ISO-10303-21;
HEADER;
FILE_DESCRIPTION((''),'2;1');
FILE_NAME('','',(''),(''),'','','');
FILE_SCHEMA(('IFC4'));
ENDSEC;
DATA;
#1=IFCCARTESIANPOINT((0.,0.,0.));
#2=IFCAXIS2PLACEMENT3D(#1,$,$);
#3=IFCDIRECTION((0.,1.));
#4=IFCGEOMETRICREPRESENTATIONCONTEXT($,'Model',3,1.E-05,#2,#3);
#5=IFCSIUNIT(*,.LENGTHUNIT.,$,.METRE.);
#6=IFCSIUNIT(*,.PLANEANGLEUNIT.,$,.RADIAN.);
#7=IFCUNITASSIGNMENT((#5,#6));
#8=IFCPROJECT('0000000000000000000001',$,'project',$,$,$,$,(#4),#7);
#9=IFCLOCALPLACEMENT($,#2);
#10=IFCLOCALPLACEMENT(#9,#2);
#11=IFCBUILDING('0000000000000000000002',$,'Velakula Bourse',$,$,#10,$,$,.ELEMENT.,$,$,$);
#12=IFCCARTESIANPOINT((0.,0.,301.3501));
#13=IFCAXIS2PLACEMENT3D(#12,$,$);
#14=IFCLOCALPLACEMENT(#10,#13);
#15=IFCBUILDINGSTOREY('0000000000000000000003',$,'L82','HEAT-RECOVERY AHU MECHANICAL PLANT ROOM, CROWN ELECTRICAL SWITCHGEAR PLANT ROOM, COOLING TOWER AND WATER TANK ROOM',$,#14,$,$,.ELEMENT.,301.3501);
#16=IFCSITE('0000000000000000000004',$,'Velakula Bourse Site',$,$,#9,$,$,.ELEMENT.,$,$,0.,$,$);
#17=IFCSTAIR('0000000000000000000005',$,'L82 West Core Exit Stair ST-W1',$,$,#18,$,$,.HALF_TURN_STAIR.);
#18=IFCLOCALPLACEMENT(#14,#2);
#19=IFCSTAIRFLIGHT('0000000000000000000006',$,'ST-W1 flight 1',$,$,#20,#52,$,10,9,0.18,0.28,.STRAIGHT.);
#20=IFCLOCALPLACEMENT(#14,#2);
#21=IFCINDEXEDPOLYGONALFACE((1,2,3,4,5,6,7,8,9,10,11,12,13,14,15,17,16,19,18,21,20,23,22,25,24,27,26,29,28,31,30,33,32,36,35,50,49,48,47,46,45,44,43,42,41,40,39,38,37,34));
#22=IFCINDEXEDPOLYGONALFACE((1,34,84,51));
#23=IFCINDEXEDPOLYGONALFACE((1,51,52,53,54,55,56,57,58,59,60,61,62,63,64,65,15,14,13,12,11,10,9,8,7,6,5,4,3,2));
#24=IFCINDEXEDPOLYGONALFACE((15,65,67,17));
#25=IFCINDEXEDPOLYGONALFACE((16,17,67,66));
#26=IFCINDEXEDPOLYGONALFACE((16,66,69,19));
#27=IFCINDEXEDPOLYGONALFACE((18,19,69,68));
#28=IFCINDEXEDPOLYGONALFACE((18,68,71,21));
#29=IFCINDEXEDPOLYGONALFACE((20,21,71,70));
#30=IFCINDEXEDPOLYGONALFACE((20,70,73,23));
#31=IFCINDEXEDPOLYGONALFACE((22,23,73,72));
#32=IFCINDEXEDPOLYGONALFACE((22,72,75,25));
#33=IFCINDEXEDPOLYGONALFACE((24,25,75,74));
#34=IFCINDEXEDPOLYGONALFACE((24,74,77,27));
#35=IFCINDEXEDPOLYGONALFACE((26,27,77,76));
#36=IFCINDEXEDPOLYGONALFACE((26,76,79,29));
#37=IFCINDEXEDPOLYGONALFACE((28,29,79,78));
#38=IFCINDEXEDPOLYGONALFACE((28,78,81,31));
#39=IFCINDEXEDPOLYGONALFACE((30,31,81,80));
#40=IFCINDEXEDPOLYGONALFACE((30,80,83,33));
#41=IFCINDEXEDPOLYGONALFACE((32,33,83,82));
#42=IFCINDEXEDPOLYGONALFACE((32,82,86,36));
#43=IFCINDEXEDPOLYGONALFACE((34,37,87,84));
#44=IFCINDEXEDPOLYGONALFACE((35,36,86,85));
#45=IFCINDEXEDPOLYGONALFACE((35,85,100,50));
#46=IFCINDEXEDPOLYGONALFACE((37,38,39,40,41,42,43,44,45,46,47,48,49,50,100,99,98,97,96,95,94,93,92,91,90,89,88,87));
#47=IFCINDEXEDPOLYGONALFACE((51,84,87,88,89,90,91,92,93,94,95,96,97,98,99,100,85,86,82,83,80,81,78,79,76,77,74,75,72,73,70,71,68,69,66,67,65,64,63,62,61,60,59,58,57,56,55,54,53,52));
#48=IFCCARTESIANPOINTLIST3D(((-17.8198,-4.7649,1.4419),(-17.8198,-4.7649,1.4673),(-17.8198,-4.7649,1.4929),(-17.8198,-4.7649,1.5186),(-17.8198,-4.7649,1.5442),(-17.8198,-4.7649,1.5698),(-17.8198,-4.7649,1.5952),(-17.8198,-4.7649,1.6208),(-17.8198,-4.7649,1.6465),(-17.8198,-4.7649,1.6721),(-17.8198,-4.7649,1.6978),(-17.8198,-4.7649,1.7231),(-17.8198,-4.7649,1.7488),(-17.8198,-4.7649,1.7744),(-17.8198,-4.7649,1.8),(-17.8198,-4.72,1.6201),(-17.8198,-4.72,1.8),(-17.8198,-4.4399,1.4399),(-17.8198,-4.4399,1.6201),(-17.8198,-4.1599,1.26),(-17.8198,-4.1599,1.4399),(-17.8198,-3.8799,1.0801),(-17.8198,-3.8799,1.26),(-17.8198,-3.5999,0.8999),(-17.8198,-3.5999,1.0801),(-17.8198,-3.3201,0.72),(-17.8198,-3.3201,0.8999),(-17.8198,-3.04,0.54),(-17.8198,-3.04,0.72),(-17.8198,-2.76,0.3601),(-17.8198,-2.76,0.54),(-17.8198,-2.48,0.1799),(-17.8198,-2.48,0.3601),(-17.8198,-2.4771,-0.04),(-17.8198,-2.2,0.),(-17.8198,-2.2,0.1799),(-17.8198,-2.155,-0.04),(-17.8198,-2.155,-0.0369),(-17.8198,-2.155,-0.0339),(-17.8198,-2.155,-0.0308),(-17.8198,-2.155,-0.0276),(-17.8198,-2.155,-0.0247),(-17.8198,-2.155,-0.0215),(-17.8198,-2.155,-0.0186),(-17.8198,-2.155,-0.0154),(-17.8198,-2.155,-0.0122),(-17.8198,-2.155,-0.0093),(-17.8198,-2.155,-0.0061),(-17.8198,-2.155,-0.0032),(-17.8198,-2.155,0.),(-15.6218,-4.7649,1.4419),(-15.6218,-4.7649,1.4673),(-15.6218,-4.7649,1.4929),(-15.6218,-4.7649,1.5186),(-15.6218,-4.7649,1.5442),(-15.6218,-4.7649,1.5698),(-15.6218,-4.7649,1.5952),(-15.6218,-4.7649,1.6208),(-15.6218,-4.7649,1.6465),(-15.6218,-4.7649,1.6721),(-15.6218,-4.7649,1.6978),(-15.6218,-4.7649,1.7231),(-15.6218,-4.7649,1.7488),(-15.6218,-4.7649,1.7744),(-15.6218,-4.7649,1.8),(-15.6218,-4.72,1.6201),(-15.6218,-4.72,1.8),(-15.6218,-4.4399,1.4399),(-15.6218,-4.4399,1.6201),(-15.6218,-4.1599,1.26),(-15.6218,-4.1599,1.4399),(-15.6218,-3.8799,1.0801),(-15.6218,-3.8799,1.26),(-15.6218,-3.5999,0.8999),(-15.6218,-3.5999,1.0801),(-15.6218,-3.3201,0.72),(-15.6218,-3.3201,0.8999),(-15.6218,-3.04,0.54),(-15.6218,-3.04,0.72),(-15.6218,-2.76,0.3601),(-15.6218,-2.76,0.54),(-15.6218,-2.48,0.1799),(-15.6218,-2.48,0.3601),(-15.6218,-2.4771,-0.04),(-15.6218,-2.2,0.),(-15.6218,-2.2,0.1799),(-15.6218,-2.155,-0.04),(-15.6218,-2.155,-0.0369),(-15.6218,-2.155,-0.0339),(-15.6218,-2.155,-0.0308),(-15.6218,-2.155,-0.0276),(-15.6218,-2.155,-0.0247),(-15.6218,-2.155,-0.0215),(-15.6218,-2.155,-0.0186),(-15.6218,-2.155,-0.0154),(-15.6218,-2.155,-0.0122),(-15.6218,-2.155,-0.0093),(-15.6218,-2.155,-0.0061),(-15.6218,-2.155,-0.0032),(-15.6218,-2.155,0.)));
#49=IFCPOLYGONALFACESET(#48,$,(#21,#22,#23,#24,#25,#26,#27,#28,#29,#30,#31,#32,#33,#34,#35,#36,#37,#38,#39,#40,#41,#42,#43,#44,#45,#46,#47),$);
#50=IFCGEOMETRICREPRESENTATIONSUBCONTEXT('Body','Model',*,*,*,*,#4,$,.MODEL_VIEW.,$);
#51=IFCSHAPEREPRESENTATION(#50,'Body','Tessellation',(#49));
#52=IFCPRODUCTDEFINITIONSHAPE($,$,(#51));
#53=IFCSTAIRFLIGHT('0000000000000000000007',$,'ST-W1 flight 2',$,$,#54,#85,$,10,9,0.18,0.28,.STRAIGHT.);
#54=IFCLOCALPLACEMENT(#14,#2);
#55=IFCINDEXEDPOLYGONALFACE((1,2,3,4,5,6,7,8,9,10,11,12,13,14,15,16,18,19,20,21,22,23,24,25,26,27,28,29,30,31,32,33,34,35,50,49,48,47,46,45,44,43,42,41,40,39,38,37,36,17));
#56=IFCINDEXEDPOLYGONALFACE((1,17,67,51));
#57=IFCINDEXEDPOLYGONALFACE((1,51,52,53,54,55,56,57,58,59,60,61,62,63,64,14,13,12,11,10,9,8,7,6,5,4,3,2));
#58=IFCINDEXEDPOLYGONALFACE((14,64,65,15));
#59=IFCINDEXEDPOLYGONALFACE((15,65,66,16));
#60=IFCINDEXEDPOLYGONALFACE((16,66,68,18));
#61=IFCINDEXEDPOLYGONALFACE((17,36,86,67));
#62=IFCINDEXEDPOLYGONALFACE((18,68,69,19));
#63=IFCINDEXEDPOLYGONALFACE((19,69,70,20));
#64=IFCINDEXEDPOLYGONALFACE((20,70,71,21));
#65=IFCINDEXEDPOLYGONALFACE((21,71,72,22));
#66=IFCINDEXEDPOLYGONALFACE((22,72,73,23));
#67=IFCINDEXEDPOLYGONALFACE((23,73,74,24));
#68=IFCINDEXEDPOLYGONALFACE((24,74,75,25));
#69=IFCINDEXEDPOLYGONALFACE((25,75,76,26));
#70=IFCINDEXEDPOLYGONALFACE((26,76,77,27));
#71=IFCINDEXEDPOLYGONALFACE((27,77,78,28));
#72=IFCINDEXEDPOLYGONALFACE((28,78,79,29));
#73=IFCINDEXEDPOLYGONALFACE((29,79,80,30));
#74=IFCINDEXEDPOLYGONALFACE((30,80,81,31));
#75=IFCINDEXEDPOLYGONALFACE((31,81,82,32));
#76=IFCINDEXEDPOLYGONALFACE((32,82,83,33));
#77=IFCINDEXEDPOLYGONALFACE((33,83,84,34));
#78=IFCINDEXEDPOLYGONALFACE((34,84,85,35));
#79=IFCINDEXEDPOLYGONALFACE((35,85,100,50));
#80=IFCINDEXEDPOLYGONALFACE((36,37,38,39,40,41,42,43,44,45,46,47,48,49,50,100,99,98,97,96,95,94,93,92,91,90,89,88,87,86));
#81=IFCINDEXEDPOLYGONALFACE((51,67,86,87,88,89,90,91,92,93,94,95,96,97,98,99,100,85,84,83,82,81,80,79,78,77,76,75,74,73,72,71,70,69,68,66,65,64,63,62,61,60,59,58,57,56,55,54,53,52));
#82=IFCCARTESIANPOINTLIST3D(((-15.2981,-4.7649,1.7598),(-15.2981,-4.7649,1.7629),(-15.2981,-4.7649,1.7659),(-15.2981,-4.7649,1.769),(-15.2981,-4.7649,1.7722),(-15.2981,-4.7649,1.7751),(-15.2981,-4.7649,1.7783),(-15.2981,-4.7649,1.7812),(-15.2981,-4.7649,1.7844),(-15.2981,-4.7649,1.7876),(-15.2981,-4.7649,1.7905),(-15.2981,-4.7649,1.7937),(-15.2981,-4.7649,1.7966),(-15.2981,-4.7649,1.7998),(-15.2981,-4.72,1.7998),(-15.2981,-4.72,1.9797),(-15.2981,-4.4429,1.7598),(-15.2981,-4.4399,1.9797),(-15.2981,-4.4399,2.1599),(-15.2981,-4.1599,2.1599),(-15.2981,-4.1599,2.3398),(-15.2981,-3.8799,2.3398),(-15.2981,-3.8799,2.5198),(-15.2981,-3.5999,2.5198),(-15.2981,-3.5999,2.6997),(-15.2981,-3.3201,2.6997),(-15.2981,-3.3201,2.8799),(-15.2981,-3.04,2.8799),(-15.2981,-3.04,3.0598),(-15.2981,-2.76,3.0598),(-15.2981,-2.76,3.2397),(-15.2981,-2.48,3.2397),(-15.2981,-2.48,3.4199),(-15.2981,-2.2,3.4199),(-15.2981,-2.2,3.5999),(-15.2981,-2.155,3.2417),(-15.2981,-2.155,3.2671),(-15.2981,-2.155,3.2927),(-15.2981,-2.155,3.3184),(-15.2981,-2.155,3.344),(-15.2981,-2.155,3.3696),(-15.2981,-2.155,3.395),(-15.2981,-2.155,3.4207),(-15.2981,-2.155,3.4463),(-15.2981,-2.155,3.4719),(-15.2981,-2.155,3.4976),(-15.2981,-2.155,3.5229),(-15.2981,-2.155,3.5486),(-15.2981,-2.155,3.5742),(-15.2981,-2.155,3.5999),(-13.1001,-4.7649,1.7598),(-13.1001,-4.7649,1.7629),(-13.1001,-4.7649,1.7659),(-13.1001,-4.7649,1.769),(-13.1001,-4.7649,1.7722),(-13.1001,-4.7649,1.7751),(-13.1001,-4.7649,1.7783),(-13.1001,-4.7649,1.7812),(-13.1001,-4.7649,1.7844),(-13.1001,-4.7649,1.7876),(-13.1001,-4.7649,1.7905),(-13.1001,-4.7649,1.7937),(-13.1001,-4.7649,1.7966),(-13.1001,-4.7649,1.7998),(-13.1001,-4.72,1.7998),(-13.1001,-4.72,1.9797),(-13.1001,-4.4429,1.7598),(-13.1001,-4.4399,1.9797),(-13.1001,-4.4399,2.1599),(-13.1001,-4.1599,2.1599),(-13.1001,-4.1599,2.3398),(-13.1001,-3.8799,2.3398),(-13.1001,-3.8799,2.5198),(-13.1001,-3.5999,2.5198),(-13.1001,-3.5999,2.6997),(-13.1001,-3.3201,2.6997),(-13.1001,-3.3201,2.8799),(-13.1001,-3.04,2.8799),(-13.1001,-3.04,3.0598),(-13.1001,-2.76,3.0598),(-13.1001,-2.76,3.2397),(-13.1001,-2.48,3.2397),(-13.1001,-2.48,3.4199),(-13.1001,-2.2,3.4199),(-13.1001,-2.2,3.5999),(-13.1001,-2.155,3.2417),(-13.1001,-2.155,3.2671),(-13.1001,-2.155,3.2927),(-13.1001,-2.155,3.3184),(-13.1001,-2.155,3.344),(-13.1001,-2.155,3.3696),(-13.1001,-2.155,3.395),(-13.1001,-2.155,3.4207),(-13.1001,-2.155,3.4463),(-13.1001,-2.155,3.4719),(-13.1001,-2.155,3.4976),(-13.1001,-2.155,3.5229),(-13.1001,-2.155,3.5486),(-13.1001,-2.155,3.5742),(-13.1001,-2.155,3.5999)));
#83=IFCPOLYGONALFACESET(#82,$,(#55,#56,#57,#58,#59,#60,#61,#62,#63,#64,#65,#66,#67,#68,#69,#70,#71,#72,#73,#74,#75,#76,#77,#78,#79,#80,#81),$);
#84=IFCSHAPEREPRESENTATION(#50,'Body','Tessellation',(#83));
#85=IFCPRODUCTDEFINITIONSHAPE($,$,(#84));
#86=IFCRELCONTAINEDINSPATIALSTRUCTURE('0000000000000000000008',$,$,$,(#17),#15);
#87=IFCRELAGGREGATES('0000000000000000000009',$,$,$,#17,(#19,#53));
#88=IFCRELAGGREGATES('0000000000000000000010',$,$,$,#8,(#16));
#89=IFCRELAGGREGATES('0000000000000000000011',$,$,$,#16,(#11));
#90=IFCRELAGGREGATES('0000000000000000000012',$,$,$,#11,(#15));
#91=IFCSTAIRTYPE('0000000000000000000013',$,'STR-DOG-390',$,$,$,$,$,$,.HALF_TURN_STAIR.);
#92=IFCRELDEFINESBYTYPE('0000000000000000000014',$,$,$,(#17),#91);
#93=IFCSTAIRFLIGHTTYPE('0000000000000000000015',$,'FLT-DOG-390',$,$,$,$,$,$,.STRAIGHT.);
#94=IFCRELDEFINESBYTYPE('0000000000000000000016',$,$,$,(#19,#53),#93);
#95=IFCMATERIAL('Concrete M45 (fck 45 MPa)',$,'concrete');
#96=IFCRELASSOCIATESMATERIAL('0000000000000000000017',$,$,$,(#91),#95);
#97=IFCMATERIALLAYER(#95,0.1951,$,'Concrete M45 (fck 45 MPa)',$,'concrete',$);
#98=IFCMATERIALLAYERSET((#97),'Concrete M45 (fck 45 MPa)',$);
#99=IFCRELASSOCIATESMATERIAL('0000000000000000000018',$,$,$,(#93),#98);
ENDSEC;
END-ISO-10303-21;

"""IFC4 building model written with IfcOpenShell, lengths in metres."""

from ifc_helpers import new_model, si_unit, direction, frame, origin, place, context, subcontext, project, spatial, polyline, outline, extrude, material, layer, layer_set, type_object, element, aggregate, save


model = new_model("IFC4")

# Units and contexts
model_context = context("Model", 3, precision=1e-05, world=origin(), true_north=direction((0.0, 1.0)))
body_context = subcontext(model_context, "Body", "Model", "MODEL_VIEW")
ifc_project = project(units=[si_unit("LENGTHUNIT", "METRE"), si_unit("PLANEANGLEUNIT", "RADIAN")], contexts=[model_context])

# Site, building, storey
site_placement = place(None, origin())
site = spatial("IfcSite", under=ifc_project, at=site_placement, Name="Velakula Bourse Site", CompositionType="ELEMENT", RefElevation=0.0)
building_placement = place(site_placement, origin())
building = spatial("IfcBuilding", under=site, at=building_placement, Name="Velakula Bourse", CompositionType="ELEMENT")
storey_placement = place(building_placement, frame((0.0, 0.0, 301.3501)))
storey = spatial("IfcBuildingStorey", under=building, at=storey_placement, Name="L82", Description="HEAT-RECOVERY AHU MECHANICAL PLANT ROOM, CROWN ELECTRICAL SWITCHGEAR PLANT ROOM, COOLING TOWER AND WATER TANK ROOM", CompositionType="ELEMENT", Elevation=301.3501)

# Stair, stair flights
ifc_material_1 = material(Name="Concrete M45 (fck 45 MPa)", Category="concrete")
stair_type = type_object("IfcStairType", Name="STR-DOG-390", PredefinedType="HALF_TURN_STAIR", material=ifc_material_1)
stair_placement = place(storey_placement, origin())
stair = element("IfcStair", 1, at=stair_placement, inside=storey, type_object=stair_type, Name="L82 West Core Exit Stair ST-W1", PredefinedType="HALF_TURN_STAIR")
ifc_layer_1 = layer(ifc_material_1, 0.1951, Name="Concrete M45 (fck 45 MPa)", Category="concrete")
ifc_layer_set_1 = layer_set([ifc_layer_1], Name="Concrete M45 (fck 45 MPa)")
stair_flight_type = type_object("IfcStairFlightType", Name="FLT-DOG-390", PredefinedType="STRAIGHT", material=ifc_layer_set_1)
stair_flight_1_placement = place(storey_placement, frame((-16.7209, -2.2, 0.0), z_axis=(0.0, 0.0, 1.0), x_axis=(0.0, -1.0, 0.0)))
stair_flight_1 = element("IfcStairFlight", 2, at=stair_flight_1_placement, type_object=stair_flight_type, Name="ST-W1 flight 1", NumberOfRisers=10, NumberOfTreads=9, PredefinedType="STRAIGHT", RiserHeight=0.18, TreadLength=0.28, context=body_context, shape_type="SweptSolid", body=[
    extrude(outline(polyline([(-0.0449, -0.04), (-0.0449, -0.0369), (-0.0449, -0.0339), (-0.0449, -0.0308), (-0.0449, -0.0276), (-0.0449, -0.0247), (-0.0449, -0.0215), (-0.0449, -0.0186), (-0.0449, -0.0154), (-0.0449, -0.0122), (-0.0449, -0.0093), (-0.0449, -0.0061), (-0.0449, -0.0032), (-0.0449, 0.0), (0.0, 0.0), (0.0, 0.1799), (0.28, 0.1799), (0.28, 0.3601), (0.5601, 0.3601), (0.5601, 0.54), (0.8401, 0.54), (0.8401, 0.72), (1.1201, 0.72), (1.1201, 0.8999), (1.3999, 0.8999), (1.3999, 1.0801), (1.6799, 1.0801), (1.6799, 1.26), (1.96, 1.26), (1.96, 1.4399), (2.24, 1.4399), (2.24, 1.6201), (2.52, 1.6201), (2.52, 1.8), (2.5649, 1.8), (2.5649, 1.7744), (2.5649, 1.7488), (2.5649, 1.7231), (2.5649, 1.6978), (2.5649, 1.6721), (2.5649, 1.6465), (2.5649, 1.6208), (2.5649, 1.5952), (2.5649, 1.5698), (2.5649, 1.5442), (2.5649, 1.5186), (2.5649, 1.4929), (2.5649, 1.4673), (2.5649, 1.4419), (0.2771, -0.04), (-0.0449, -0.04)])), frame((0.0, 1.0991, 0.0), z_axis=(0.0, -1.0, 0.0), x_axis=(1.0, 0.0, 0.0)), (0.0, 0.0, 1.0), 2.198),
])
stair_flight_2_placement = place(storey_placement, frame((-14.199, -4.72, 1.7998), z_axis=(0.0, 0.0, 1.0), x_axis=(0.0, 1.0, 0.0)))
stair_flight_2 = element("IfcStairFlight", 3, at=stair_flight_2_placement, type_object=stair_flight_type, Name="ST-W1 flight 2", NumberOfRisers=10, NumberOfTreads=9, PredefinedType="STRAIGHT", RiserHeight=0.18, TreadLength=0.28, context=body_context, shape_type="SweptSolid", body=[
    extrude(outline(polyline([(-0.0449, -0.04), (-0.0449, -0.0369), (-0.0449, -0.0339), (-0.0449, -0.0308), (-0.0449, -0.0276), (-0.0449, -0.0247), (-0.0449, -0.0215), (-0.0449, -0.0186), (-0.0449, -0.0154), (-0.0449, -0.0122), (-0.0449, -0.0093), (-0.0449, -0.0061), (-0.0449, -0.0032), (-0.0449, 0.0), (0.0, 0.0), (0.0, 0.1799), (0.28, 0.1799), (0.28, 0.3601), (0.5601, 0.3601), (0.5601, 0.54), (0.8401, 0.54), (0.8401, 0.72), (1.1201, 0.72), (1.1201, 0.8999), (1.3999, 0.8999), (1.3999, 1.0801), (1.6799, 1.0801), (1.6799, 1.26), (1.96, 1.26), (1.96, 1.4399), (2.24, 1.4399), (2.24, 1.6201), (2.52, 1.6201), (2.52, 1.8), (2.5649, 1.8), (2.5649, 1.7744), (2.5649, 1.7488), (2.5649, 1.7231), (2.5649, 1.6978), (2.5649, 1.6721), (2.5649, 1.6465), (2.5649, 1.6208), (2.5649, 1.5952), (2.5649, 1.5698), (2.5649, 1.5442), (2.5649, 1.5186), (2.5649, 1.4929), (2.5649, 1.4673), (2.5649, 1.4419), (0.2771, -0.04), (-0.0449, -0.04)])), frame((0.0, 1.0991, 0.0), z_axis=(0.0, -1.0, 0.0), x_axis=(1.0, 0.0, 0.0)), (0.0, 0.0, 1.0), 2.198),
])
aggregate(stair, [stair_flight_1, stair_flight_2])

save(model, "model.ifc")
